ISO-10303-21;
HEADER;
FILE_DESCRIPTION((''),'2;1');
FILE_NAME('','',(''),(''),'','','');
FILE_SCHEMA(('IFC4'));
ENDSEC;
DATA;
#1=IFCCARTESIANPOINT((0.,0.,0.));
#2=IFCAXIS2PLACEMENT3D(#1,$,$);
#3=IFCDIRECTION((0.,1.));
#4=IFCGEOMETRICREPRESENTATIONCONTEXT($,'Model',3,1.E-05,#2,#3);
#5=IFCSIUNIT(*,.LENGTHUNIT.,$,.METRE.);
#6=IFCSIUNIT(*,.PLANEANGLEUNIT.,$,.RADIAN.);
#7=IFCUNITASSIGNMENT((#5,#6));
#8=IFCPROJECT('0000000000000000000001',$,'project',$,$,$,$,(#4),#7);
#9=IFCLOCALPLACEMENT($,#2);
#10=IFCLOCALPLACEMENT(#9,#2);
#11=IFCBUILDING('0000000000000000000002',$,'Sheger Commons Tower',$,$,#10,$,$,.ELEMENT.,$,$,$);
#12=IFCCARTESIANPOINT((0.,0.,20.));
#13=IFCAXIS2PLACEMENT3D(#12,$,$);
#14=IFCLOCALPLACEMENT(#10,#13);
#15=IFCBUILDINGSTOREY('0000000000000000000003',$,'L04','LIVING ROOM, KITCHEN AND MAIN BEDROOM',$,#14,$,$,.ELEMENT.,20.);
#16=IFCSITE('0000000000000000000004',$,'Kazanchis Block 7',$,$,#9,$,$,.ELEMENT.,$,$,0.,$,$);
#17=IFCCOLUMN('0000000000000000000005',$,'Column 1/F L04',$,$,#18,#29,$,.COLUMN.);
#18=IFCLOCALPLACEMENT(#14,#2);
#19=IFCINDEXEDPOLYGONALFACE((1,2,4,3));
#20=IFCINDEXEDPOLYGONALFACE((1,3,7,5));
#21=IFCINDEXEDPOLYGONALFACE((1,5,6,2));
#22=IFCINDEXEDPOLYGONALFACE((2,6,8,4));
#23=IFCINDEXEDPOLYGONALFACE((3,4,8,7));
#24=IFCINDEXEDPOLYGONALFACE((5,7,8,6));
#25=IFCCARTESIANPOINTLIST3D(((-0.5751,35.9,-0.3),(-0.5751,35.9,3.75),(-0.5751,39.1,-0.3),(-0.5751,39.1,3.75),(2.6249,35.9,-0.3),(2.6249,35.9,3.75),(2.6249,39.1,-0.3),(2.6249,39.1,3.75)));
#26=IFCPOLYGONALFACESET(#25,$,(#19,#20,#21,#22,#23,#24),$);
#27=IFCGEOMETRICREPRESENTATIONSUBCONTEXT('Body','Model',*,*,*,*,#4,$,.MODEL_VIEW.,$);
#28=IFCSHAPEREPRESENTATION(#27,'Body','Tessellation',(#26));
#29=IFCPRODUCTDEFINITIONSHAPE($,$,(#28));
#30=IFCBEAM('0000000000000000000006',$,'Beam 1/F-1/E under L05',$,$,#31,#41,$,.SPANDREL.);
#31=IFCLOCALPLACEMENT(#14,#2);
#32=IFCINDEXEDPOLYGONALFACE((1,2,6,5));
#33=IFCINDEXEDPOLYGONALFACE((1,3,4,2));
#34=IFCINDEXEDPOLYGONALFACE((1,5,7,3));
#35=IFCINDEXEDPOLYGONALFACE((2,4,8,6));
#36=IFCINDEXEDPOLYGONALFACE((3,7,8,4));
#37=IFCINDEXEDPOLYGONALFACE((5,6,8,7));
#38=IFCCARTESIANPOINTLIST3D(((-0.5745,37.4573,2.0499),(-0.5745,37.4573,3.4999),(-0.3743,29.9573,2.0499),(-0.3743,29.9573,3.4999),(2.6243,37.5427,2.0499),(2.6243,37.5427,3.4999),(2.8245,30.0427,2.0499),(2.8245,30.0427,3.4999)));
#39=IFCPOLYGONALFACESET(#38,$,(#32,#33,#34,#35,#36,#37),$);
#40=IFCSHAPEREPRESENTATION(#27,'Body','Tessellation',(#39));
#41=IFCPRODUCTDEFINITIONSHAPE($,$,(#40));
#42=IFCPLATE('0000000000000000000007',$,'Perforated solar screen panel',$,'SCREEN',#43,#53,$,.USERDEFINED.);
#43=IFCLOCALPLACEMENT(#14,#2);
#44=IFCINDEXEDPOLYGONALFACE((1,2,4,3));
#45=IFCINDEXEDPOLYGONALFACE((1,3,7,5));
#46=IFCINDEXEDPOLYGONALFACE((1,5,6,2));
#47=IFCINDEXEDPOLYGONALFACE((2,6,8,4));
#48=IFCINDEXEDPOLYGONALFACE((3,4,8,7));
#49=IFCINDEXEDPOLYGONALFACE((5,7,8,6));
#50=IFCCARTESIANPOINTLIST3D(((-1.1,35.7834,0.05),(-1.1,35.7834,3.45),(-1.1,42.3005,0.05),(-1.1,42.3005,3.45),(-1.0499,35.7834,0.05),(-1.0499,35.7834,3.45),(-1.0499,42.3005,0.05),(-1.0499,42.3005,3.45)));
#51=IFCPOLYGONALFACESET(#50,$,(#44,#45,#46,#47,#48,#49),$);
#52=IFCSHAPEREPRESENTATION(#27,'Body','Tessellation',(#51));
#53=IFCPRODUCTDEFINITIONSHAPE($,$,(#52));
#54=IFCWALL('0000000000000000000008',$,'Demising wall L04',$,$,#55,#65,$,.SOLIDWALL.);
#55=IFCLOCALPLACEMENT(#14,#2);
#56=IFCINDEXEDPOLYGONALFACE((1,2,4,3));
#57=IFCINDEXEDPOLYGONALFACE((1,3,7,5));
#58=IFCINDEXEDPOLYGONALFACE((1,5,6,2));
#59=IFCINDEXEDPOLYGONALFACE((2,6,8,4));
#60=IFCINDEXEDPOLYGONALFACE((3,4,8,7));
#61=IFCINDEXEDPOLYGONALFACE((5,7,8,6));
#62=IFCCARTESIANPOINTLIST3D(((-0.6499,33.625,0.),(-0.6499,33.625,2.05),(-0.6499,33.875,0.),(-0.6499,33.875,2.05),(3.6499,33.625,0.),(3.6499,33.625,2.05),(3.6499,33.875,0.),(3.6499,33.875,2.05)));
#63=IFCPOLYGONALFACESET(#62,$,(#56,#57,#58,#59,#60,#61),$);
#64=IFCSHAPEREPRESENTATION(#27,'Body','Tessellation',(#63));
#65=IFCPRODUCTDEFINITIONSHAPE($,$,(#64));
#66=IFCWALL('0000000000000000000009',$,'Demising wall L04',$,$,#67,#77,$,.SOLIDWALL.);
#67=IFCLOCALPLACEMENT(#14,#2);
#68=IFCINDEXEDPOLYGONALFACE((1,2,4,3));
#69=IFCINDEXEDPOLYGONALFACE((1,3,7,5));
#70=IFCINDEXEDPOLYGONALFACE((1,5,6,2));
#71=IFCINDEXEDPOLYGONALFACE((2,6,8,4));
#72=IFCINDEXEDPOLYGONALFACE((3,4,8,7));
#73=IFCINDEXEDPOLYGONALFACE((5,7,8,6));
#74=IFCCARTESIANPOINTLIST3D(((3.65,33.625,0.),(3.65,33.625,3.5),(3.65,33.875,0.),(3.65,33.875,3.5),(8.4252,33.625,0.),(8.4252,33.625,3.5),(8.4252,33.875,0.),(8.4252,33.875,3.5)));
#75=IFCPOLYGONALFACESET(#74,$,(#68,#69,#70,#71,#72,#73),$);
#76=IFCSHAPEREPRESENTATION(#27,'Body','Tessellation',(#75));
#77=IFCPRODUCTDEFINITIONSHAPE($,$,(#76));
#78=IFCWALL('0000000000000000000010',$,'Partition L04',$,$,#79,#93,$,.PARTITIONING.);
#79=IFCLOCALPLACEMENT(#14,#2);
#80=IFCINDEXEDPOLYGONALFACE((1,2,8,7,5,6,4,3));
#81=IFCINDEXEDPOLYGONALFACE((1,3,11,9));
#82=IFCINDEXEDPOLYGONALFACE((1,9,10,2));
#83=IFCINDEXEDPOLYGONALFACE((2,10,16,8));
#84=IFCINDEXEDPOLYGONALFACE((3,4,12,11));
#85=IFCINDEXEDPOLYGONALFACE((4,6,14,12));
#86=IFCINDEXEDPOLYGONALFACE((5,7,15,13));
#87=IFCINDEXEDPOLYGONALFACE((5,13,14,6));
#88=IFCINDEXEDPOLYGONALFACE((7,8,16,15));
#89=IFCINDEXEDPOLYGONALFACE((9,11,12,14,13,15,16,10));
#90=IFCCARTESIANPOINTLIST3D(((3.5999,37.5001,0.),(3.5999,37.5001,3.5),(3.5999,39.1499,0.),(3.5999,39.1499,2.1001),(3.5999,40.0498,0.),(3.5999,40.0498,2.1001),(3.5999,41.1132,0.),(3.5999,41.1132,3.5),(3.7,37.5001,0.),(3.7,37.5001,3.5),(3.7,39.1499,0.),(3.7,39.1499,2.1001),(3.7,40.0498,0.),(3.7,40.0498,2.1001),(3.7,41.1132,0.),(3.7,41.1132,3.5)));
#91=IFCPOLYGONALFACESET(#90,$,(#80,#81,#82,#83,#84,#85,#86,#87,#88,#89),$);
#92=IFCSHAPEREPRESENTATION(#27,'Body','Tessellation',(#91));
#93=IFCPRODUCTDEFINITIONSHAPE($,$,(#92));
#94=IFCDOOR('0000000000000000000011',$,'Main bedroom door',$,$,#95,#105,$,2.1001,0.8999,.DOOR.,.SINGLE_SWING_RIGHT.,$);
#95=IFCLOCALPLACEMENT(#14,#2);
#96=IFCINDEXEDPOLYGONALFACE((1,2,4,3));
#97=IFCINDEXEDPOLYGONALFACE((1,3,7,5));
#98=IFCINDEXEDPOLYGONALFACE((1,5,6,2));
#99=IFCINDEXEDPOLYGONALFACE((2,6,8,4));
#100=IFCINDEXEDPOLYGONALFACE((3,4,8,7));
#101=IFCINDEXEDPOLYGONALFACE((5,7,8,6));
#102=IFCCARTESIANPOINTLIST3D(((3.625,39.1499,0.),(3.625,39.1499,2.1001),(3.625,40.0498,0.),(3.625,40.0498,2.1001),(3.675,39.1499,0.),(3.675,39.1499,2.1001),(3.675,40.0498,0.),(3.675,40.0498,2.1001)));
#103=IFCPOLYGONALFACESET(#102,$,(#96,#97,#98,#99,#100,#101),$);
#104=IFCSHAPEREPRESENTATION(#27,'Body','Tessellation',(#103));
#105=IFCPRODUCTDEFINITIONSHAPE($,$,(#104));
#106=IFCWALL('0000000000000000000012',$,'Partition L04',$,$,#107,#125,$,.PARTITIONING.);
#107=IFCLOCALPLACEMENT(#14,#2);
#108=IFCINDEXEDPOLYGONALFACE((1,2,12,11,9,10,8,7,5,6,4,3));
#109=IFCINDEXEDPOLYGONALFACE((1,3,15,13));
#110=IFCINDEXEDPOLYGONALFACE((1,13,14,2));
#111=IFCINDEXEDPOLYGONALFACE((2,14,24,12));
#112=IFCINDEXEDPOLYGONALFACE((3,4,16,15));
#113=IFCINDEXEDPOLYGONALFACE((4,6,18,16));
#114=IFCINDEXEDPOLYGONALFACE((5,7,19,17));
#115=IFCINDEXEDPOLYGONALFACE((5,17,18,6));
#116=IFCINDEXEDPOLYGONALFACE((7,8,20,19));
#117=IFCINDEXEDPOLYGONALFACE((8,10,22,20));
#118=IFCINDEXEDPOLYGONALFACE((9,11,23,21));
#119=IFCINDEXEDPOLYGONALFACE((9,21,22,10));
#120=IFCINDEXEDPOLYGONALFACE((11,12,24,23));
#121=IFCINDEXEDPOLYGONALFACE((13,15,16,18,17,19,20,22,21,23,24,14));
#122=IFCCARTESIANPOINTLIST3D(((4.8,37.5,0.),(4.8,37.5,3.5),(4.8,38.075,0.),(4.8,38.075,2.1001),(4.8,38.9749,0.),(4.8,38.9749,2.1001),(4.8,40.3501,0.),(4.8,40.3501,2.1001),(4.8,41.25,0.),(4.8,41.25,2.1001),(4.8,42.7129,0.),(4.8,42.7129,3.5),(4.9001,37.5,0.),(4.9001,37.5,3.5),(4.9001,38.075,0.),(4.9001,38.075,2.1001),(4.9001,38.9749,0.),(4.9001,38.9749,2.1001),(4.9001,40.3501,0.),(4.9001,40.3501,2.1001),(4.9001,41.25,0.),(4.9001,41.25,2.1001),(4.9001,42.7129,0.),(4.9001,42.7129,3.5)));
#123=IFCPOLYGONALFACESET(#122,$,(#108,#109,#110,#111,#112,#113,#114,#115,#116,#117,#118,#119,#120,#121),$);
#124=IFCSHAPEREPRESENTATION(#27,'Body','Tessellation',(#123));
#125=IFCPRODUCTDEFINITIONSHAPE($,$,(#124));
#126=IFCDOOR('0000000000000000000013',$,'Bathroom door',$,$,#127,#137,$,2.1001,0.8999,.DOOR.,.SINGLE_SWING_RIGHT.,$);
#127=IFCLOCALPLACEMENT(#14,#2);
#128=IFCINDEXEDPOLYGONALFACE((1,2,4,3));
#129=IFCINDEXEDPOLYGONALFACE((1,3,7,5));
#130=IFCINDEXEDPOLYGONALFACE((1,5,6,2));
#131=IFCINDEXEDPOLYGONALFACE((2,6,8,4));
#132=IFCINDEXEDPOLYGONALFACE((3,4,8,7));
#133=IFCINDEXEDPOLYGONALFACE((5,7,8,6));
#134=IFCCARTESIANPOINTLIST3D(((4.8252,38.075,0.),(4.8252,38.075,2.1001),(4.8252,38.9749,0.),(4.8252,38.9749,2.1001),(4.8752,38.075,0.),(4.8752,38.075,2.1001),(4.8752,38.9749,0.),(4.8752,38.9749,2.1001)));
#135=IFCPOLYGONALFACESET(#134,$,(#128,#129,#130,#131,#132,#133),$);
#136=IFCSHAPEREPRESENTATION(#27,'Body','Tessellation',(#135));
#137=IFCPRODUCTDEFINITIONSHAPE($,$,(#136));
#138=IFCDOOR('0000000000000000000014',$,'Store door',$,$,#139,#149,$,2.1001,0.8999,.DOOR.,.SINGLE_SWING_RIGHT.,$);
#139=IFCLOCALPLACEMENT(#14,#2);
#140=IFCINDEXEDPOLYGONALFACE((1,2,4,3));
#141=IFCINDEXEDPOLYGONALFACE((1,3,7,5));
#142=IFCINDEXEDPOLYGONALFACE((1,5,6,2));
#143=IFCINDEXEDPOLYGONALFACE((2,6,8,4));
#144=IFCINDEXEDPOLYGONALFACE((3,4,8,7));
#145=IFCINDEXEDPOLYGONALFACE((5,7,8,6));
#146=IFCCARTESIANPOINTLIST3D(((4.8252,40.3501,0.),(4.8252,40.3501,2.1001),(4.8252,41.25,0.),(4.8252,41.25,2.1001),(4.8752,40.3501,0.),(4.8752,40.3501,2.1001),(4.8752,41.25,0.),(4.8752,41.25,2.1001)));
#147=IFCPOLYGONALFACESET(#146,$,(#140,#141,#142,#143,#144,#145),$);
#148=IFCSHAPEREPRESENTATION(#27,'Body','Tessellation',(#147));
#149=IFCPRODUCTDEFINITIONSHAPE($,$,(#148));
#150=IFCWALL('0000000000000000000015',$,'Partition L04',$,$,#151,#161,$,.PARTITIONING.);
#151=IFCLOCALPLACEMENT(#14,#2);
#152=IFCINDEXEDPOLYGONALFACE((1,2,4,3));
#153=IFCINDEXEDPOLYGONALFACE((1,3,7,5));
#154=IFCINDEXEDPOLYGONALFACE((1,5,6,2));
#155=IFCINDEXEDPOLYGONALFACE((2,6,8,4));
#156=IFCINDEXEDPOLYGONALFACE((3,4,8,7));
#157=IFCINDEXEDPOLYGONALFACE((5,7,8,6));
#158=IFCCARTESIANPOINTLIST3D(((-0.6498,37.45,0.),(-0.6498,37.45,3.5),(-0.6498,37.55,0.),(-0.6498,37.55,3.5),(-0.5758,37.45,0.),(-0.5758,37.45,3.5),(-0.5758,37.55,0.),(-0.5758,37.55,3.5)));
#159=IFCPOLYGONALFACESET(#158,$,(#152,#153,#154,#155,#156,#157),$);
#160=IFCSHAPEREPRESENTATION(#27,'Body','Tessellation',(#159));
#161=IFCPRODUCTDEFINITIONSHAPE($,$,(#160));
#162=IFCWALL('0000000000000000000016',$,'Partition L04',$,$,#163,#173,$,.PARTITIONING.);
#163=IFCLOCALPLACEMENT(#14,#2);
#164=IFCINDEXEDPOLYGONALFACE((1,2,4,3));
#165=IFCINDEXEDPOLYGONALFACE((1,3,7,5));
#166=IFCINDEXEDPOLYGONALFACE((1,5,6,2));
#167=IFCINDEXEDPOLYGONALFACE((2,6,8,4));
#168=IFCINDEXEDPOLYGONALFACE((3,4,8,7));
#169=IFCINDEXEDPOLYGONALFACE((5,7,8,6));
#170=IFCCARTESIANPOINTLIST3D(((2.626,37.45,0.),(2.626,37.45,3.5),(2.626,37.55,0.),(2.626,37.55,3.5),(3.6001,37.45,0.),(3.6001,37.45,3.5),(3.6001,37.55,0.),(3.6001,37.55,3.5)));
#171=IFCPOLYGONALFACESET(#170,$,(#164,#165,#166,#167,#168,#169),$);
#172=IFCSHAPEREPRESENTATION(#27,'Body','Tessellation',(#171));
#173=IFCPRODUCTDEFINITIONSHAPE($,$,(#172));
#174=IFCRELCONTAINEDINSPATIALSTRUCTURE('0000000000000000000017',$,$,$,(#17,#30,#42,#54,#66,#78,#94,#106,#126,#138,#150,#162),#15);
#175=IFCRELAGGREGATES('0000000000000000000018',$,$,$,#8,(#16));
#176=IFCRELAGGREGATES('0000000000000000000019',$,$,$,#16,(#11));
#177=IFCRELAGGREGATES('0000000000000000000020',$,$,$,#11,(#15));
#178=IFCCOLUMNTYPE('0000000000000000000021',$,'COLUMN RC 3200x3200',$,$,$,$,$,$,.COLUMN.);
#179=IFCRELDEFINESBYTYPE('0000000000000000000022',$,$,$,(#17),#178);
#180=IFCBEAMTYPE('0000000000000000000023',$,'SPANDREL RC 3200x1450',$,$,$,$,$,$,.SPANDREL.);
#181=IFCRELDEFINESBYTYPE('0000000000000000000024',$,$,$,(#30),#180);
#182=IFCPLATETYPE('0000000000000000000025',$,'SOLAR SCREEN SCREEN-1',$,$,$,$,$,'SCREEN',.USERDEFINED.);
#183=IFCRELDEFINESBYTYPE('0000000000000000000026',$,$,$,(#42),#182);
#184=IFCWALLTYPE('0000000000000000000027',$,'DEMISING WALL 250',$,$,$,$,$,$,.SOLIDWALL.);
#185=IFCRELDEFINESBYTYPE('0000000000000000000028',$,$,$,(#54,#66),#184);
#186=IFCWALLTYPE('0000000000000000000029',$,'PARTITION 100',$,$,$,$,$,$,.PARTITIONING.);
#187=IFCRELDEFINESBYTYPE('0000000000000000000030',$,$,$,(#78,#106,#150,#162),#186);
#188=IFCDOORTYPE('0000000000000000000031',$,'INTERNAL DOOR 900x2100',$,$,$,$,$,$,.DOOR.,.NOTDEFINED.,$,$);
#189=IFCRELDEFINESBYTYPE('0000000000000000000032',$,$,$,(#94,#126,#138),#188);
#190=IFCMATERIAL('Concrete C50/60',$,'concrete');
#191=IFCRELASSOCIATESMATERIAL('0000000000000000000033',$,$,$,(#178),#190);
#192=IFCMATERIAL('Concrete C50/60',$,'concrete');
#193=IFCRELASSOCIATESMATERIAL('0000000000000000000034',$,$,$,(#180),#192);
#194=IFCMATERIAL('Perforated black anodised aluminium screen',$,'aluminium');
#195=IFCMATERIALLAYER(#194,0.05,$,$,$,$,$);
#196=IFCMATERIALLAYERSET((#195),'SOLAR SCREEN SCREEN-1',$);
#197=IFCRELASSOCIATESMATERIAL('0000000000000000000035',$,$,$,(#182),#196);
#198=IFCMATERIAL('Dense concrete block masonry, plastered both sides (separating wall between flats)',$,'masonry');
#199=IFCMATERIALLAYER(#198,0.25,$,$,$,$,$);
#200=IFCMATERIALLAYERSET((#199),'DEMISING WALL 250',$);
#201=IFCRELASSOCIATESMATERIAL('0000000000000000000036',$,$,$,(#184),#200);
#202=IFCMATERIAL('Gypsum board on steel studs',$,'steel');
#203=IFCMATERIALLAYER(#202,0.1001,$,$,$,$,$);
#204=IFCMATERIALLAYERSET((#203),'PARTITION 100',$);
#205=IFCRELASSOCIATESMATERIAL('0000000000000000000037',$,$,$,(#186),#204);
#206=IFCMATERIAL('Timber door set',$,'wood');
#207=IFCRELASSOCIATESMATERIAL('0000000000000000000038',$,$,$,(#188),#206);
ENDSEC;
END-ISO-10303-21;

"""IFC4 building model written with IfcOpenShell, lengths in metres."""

from ifc_helpers import new_model, si_unit, direction, frame, frame_2d, origin, origin_2d, place, context, subcontext, project, spatial, rectangle, extrude, material, layer, layer_set, material_profile, profile_set, type_object, element, fill, save


model = new_model("IFC4")

# Units and contexts
model_context = context("Model", 3, precision=1e-05, world=origin(), true_north=direction((0.0, 1.0)))
body_context = subcontext(model_context, "Body", "Model", "MODEL_VIEW")
ifc_project = project(units=[si_unit("LENGTHUNIT", "METRE"), si_unit("PLANEANGLEUNIT", "RADIAN")], contexts=[model_context])

# Site, building, storey
site_placement = place(None, origin())
site = spatial("IfcSite", under=ifc_project, at=site_placement, Name="Kazanchis Block 7", CompositionType="ELEMENT", RefElevation=0.0)
building_placement = place(site_placement, origin())
building = spatial("IfcBuilding", under=site, at=building_placement, Name="Sheger Commons Tower", CompositionType="ELEMENT")
storey_placement = place(building_placement, frame((0.0, 0.0, 20.0)))
storey = spatial("IfcBuildingStorey", under=building, at=storey_placement, Name="L04", Description="LIVING ROOM, KITCHEN AND MAIN BEDROOM", CompositionType="ELEMENT", Elevation=20.0)

# Column
ifc_material_1 = material(Name="Concrete C50/60", Category="concrete")
ifc_material_profile_1 = material_profile(ifc_material_1, rectangle(XDim=3.2, YDim=3.2, at=origin_2d()), Name="RC 3200x3200")
ifc_profile_set_1 = profile_set([ifc_material_profile_1], Name="Concrete C50/60")
column_type = type_object("IfcColumnType", Name="COLUMN RC 3200x3200", PredefinedType="COLUMN", material=ifc_profile_set_1)
column_placement = place(storey_placement, frame((1.0249, 37.5, -0.3), z_axis=(0.0, 0.0, 1.0), x_axis=(1.0, 0.0, 0.0)))
element("IfcColumn", 1, at=column_placement, inside=storey, type_object=column_type, Name="Column 1/F L04", PredefinedType="COLUMN", context=body_context, shape_type="SweptSolid", body=[
    extrude(rectangle(XDim=3.2, YDim=3.2, at=origin_2d()), origin(), (0.0, 0.0, 1.0), 4.05),
])

# Beam
ifc_material_2 = material(Name="Concrete C50/60", Category="concrete")
ifc_material_profile_2 = material_profile(ifc_material_2, rectangle(XDim=3.2, YDim=1.45, at=origin_2d()), Name="RC 3200x1450")
ifc_profile_set_2 = profile_set([ifc_material_profile_2], Name="Concrete C50/60")
beam_type = type_object("IfcBeamType", Name="SPANDREL RC 3200x1450", PredefinedType="SPANDREL", material=ifc_profile_set_2)
beam_placement = place(storey_placement, frame((1.0249, 37.5, 2.7749), z_axis=(0.026683, -0.999644, 0.0), x_axis=(0.999644, 0.026683, 0.0)))
element("IfcBeam", 2, at=beam_placement, inside=storey, type_object=beam_type, Name="Beam 1/F-1/E under L05", PredefinedType="SPANDREL", context=body_context, shape_type="SweptSolid", body=[
    extrude(rectangle(XDim=3.2, YDim=1.45, at=origin_2d()), origin(), (0.0, 0.0, 1.0), 7.5027),
])

# Plate
ifc_material_3 = material(Name="Perforated black anodised aluminium screen", Category="aluminium")
ifc_layer_1 = layer(ifc_material_3, 0.05)
ifc_layer_set_1 = layer_set([ifc_layer_1], Name="SOLAR SCREEN SCREEN-1")
plate_type = type_object("IfcPlateType", Name="SOLAR SCREEN SCREEN-1", ElementType="SCREEN", PredefinedType="USERDEFINED", material=ifc_layer_set_1)
plate_placement = place(storey_placement, frame((-1.075, 39.042, 0.05), z_axis=(0.0, 0.0, 1.0), x_axis=(0.0, -1.0, 0.0)))
element("IfcPlate", 3, at=plate_placement, inside=storey, type_object=plate_type, Name="Perforated solar screen panel", ObjectType="SCREEN", PredefinedType="USERDEFINED", context=body_context, shape_type="SweptSolid", body=[
    extrude(rectangle(XDim=6.5171, YDim=0.05, at=origin_2d()), origin(), (0.0, 0.0, 1.0), 3.3999),
])

# Walls
ifc_material_4 = material(Name="Dense concrete block masonry, plastered both sides (separating wall between flats)", Category="masonry")
ifc_layer_2 = layer(ifc_material_4, 0.25)
ifc_layer_set_2 = layer_set([ifc_layer_2], Name="DEMISING WALL 250")
wall_type_1 = type_object("IfcWallType", Name="DEMISING WALL 250", PredefinedType="SOLIDWALL", material=ifc_layer_set_2)
wall_1_placement = place(storey_placement, frame((-0.6499, 33.75, 0.0), z_axis=(0.0, 0.0, 1.0), x_axis=(1.0, 0.0, 0.0)))
element("IfcWall", 4, at=wall_1_placement, inside=storey, type_object=wall_type_1, Name="Demising wall L04", PredefinedType="SOLIDWALL", context=body_context, shape_type="SweptSolid", body=[
    extrude(rectangle(XDim=4.2998, YDim=0.25, at=frame_2d((2.1499, 0.0))), origin(), (0.0, 0.0, 1.0), 2.05),
])
wall_2_placement = place(storey_placement, frame((3.6499, 33.75, 0.0), z_axis=(0.0, 0.0, 1.0), x_axis=(1.0, 0.0, 0.0)))
element("IfcWall", 5, at=wall_2_placement, inside=storey, type_object=wall_type_1, Name="Demising wall L04", PredefinedType="SOLIDWALL", context=body_context, shape_type="SweptSolid", body=[
    extrude(rectangle(XDim=4.7751, YDim=0.25, at=frame_2d((2.3877, 0.0))), origin(), (0.0, 0.0, 1.0), 3.5),
])

# Wall, opening, door
ifc_material_5 = material(Name="Gypsum board on steel studs", Category="steel")
ifc_layer_3 = layer(ifc_material_5, 0.1001)
ifc_layer_set_3 = layer_set([ifc_layer_3], Name="PARTITION 100")
wall_type_2 = type_object("IfcWallType", Name="PARTITION 100", PredefinedType="PARTITIONING", material=ifc_layer_set_3)
wall_3_placement = place(storey_placement, frame((3.6499, 37.5, 0.0), z_axis=(0.0, 0.0, 1.0), x_axis=(0.0, 1.0, 0.0)))
wall_3 = element("IfcWall", 6, at=wall_3_placement, inside=storey, type_object=wall_type_2, Name="Partition L04", PredefinedType="PARTITIONING", context=body_context, shape_type="SweptSolid", body=[
    extrude(rectangle(XDim=3.613, YDim=0.1001, at=frame_2d((1.8066, 0.0))), origin(), (0.0, 0.0, 1.0), 3.5),
])
opening_1_placement = place(wall_3_placement, frame((1.6499, 0.0, 0.0)))
opening_1 = element("IfcOpeningElement", 7, at=opening_1_placement, cuts=wall_3, PredefinedType="OPENING", context=body_context, shape_type="SweptSolid", body=[
    extrude(rectangle(XDim=0.8999, YDim=2.1001, at=frame_2d((0.45, 1.05))), frame((0.0, 0.0601, 0.0), z_axis=(0.0, -1.0, 0.0), x_axis=(1.0, 0.0, 0.0)), (0.0, 0.0, 1.0), 0.1201),
])
ifc_material_6 = material(Name="Timber door set", Category="wood")
door_type = type_object("IfcDoorType", Name="INTERNAL DOOR 900x2100", OperationType="NOTDEFINED", PredefinedType="DOOR", material=ifc_material_6)
door_1_placement = place(opening_1_placement, origin())
door_1 = element("IfcDoor", 8, at=door_1_placement, inside=storey, type_object=door_type, Name="Main bedroom door", OperationType="SINGLE_SWING_RIGHT", OverallHeight=2.1001, OverallWidth=0.8999, PredefinedType="DOOR", context=body_context, shape_type="SweptSolid", body=[
    extrude(rectangle(XDim=0.8999, YDim=2.1001, at=frame_2d((0.45, 1.05))), frame((0.0, 0.0249, 0.0), z_axis=(0.0, -1.0, 0.0), x_axis=(1.0, 0.0, 0.0)), (0.0, 0.0, 1.0), 0.05),
])
fill(opening_1, door_1)

# Wall, openings, doors
wall_4_placement = place(storey_placement, frame((4.8501, 37.5, 0.0), z_axis=(0.0, 0.0, 1.0), x_axis=(0.0, 1.0, 0.0)))
wall_4 = element("IfcWall", 9, at=wall_4_placement, inside=storey, type_object=wall_type_2, Name="Partition L04", PredefinedType="PARTITIONING", context=body_context, shape_type="SweptSolid", body=[
    extrude(rectangle(XDim=5.2129, YDim=0.1001, at=frame_2d((2.6064, 0.0))), origin(), (0.0, 0.0, 1.0), 3.5),
])
opening_2_placement = place(wall_4_placement, frame((0.575, 0.0, 0.0)))
opening_2 = element("IfcOpeningElement", 10, at=opening_2_placement, cuts=wall_4, PredefinedType="OPENING", context=body_context, shape_type="SweptSolid", body=[
    extrude(rectangle(XDim=0.8999, YDim=2.1001, at=frame_2d((0.45, 1.05))), frame((0.0, 0.0601, 0.0), z_axis=(0.0, -1.0, 0.0), x_axis=(1.0, 0.0, 0.0)), (0.0, 0.0, 1.0), 0.1201),
])
opening_3_placement = place(wall_4_placement, frame((2.8501, 0.0, 0.0)))
opening_3 = element("IfcOpeningElement", 11, at=opening_3_placement, cuts=wall_4, PredefinedType="OPENING", context=body_context, shape_type="SweptSolid", body=[
    extrude(rectangle(XDim=0.8999, YDim=2.1001, at=frame_2d((0.45, 1.05))), frame((0.0, 0.0601, 0.0), z_axis=(0.0, -1.0, 0.0), x_axis=(1.0, 0.0, 0.0)), (0.0, 0.0, 1.0), 0.1201),
])
door_2_placement = place(opening_2_placement, origin())
door_2 = element("IfcDoor", 12, at=door_2_placement, inside=storey, type_object=door_type, Name="Bathroom door", OperationType="SINGLE_SWING_RIGHT", OverallHeight=2.1001, OverallWidth=0.8999, PredefinedType="DOOR", context=body_context, shape_type="SweptSolid", body=[
    extrude(rectangle(XDim=0.8999, YDim=2.1001, at=frame_2d((0.45, 1.05))), frame((0.0, 0.0249, 0.0), z_axis=(0.0, -1.0, 0.0), x_axis=(1.0, 0.0, 0.0)), (0.0, 0.0, 1.0), 0.05),
])
fill(opening_2, door_2)
door_3_placement = place(opening_3_placement, origin())
door_3 = element("IfcDoor", 13, at=door_3_placement, inside=storey, type_object=door_type, Name="Store door", OperationType="SINGLE_SWING_RIGHT", OverallHeight=2.1001, OverallWidth=0.8999, PredefinedType="DOOR", context=body_context, shape_type="SweptSolid", body=[
    extrude(rectangle(XDim=0.8999, YDim=2.1001, at=frame_2d((0.45, 1.05))), frame((0.0, 0.0249, 0.0), z_axis=(0.0, -1.0, 0.0), x_axis=(1.0, 0.0, 0.0)), (0.0, 0.0, 1.0), 0.05),
])
fill(opening_3, door_3)

# Walls
wall_5_placement = place(storey_placement, frame((-0.6499, 37.5, 0.0), z_axis=(0.0, 0.0, 1.0), x_axis=(1.0, 0.0, 0.0)))
element("IfcWall", 14, at=wall_5_placement, inside=storey, type_object=wall_type_2, Name="Partition L04", PredefinedType="PARTITIONING", context=body_context, shape_type="SweptSolid", body=[
    extrude(rectangle(XDim=0.074, YDim=0.1001, at=frame_2d((0.0371, 0.0))), origin(), (0.0, 0.0, 1.0), 3.5),
])
wall_6_placement = place(storey_placement, frame((2.626, 37.5, 0.0), z_axis=(0.0, 0.0, 1.0), x_axis=(1.0, 0.0, 0.0)))
element("IfcWall", 15, at=wall_6_placement, inside=storey, type_object=wall_type_2, Name="Partition L04", PredefinedType="PARTITIONING", context=body_context, shape_type="SweptSolid", body=[
    extrude(rectangle(XDim=0.9741, YDim=0.1001, at=frame_2d((0.4871, 0.0))), origin(), (0.0, 0.0, 1.0), 3.5),
])

save(model, "model.ifc")
